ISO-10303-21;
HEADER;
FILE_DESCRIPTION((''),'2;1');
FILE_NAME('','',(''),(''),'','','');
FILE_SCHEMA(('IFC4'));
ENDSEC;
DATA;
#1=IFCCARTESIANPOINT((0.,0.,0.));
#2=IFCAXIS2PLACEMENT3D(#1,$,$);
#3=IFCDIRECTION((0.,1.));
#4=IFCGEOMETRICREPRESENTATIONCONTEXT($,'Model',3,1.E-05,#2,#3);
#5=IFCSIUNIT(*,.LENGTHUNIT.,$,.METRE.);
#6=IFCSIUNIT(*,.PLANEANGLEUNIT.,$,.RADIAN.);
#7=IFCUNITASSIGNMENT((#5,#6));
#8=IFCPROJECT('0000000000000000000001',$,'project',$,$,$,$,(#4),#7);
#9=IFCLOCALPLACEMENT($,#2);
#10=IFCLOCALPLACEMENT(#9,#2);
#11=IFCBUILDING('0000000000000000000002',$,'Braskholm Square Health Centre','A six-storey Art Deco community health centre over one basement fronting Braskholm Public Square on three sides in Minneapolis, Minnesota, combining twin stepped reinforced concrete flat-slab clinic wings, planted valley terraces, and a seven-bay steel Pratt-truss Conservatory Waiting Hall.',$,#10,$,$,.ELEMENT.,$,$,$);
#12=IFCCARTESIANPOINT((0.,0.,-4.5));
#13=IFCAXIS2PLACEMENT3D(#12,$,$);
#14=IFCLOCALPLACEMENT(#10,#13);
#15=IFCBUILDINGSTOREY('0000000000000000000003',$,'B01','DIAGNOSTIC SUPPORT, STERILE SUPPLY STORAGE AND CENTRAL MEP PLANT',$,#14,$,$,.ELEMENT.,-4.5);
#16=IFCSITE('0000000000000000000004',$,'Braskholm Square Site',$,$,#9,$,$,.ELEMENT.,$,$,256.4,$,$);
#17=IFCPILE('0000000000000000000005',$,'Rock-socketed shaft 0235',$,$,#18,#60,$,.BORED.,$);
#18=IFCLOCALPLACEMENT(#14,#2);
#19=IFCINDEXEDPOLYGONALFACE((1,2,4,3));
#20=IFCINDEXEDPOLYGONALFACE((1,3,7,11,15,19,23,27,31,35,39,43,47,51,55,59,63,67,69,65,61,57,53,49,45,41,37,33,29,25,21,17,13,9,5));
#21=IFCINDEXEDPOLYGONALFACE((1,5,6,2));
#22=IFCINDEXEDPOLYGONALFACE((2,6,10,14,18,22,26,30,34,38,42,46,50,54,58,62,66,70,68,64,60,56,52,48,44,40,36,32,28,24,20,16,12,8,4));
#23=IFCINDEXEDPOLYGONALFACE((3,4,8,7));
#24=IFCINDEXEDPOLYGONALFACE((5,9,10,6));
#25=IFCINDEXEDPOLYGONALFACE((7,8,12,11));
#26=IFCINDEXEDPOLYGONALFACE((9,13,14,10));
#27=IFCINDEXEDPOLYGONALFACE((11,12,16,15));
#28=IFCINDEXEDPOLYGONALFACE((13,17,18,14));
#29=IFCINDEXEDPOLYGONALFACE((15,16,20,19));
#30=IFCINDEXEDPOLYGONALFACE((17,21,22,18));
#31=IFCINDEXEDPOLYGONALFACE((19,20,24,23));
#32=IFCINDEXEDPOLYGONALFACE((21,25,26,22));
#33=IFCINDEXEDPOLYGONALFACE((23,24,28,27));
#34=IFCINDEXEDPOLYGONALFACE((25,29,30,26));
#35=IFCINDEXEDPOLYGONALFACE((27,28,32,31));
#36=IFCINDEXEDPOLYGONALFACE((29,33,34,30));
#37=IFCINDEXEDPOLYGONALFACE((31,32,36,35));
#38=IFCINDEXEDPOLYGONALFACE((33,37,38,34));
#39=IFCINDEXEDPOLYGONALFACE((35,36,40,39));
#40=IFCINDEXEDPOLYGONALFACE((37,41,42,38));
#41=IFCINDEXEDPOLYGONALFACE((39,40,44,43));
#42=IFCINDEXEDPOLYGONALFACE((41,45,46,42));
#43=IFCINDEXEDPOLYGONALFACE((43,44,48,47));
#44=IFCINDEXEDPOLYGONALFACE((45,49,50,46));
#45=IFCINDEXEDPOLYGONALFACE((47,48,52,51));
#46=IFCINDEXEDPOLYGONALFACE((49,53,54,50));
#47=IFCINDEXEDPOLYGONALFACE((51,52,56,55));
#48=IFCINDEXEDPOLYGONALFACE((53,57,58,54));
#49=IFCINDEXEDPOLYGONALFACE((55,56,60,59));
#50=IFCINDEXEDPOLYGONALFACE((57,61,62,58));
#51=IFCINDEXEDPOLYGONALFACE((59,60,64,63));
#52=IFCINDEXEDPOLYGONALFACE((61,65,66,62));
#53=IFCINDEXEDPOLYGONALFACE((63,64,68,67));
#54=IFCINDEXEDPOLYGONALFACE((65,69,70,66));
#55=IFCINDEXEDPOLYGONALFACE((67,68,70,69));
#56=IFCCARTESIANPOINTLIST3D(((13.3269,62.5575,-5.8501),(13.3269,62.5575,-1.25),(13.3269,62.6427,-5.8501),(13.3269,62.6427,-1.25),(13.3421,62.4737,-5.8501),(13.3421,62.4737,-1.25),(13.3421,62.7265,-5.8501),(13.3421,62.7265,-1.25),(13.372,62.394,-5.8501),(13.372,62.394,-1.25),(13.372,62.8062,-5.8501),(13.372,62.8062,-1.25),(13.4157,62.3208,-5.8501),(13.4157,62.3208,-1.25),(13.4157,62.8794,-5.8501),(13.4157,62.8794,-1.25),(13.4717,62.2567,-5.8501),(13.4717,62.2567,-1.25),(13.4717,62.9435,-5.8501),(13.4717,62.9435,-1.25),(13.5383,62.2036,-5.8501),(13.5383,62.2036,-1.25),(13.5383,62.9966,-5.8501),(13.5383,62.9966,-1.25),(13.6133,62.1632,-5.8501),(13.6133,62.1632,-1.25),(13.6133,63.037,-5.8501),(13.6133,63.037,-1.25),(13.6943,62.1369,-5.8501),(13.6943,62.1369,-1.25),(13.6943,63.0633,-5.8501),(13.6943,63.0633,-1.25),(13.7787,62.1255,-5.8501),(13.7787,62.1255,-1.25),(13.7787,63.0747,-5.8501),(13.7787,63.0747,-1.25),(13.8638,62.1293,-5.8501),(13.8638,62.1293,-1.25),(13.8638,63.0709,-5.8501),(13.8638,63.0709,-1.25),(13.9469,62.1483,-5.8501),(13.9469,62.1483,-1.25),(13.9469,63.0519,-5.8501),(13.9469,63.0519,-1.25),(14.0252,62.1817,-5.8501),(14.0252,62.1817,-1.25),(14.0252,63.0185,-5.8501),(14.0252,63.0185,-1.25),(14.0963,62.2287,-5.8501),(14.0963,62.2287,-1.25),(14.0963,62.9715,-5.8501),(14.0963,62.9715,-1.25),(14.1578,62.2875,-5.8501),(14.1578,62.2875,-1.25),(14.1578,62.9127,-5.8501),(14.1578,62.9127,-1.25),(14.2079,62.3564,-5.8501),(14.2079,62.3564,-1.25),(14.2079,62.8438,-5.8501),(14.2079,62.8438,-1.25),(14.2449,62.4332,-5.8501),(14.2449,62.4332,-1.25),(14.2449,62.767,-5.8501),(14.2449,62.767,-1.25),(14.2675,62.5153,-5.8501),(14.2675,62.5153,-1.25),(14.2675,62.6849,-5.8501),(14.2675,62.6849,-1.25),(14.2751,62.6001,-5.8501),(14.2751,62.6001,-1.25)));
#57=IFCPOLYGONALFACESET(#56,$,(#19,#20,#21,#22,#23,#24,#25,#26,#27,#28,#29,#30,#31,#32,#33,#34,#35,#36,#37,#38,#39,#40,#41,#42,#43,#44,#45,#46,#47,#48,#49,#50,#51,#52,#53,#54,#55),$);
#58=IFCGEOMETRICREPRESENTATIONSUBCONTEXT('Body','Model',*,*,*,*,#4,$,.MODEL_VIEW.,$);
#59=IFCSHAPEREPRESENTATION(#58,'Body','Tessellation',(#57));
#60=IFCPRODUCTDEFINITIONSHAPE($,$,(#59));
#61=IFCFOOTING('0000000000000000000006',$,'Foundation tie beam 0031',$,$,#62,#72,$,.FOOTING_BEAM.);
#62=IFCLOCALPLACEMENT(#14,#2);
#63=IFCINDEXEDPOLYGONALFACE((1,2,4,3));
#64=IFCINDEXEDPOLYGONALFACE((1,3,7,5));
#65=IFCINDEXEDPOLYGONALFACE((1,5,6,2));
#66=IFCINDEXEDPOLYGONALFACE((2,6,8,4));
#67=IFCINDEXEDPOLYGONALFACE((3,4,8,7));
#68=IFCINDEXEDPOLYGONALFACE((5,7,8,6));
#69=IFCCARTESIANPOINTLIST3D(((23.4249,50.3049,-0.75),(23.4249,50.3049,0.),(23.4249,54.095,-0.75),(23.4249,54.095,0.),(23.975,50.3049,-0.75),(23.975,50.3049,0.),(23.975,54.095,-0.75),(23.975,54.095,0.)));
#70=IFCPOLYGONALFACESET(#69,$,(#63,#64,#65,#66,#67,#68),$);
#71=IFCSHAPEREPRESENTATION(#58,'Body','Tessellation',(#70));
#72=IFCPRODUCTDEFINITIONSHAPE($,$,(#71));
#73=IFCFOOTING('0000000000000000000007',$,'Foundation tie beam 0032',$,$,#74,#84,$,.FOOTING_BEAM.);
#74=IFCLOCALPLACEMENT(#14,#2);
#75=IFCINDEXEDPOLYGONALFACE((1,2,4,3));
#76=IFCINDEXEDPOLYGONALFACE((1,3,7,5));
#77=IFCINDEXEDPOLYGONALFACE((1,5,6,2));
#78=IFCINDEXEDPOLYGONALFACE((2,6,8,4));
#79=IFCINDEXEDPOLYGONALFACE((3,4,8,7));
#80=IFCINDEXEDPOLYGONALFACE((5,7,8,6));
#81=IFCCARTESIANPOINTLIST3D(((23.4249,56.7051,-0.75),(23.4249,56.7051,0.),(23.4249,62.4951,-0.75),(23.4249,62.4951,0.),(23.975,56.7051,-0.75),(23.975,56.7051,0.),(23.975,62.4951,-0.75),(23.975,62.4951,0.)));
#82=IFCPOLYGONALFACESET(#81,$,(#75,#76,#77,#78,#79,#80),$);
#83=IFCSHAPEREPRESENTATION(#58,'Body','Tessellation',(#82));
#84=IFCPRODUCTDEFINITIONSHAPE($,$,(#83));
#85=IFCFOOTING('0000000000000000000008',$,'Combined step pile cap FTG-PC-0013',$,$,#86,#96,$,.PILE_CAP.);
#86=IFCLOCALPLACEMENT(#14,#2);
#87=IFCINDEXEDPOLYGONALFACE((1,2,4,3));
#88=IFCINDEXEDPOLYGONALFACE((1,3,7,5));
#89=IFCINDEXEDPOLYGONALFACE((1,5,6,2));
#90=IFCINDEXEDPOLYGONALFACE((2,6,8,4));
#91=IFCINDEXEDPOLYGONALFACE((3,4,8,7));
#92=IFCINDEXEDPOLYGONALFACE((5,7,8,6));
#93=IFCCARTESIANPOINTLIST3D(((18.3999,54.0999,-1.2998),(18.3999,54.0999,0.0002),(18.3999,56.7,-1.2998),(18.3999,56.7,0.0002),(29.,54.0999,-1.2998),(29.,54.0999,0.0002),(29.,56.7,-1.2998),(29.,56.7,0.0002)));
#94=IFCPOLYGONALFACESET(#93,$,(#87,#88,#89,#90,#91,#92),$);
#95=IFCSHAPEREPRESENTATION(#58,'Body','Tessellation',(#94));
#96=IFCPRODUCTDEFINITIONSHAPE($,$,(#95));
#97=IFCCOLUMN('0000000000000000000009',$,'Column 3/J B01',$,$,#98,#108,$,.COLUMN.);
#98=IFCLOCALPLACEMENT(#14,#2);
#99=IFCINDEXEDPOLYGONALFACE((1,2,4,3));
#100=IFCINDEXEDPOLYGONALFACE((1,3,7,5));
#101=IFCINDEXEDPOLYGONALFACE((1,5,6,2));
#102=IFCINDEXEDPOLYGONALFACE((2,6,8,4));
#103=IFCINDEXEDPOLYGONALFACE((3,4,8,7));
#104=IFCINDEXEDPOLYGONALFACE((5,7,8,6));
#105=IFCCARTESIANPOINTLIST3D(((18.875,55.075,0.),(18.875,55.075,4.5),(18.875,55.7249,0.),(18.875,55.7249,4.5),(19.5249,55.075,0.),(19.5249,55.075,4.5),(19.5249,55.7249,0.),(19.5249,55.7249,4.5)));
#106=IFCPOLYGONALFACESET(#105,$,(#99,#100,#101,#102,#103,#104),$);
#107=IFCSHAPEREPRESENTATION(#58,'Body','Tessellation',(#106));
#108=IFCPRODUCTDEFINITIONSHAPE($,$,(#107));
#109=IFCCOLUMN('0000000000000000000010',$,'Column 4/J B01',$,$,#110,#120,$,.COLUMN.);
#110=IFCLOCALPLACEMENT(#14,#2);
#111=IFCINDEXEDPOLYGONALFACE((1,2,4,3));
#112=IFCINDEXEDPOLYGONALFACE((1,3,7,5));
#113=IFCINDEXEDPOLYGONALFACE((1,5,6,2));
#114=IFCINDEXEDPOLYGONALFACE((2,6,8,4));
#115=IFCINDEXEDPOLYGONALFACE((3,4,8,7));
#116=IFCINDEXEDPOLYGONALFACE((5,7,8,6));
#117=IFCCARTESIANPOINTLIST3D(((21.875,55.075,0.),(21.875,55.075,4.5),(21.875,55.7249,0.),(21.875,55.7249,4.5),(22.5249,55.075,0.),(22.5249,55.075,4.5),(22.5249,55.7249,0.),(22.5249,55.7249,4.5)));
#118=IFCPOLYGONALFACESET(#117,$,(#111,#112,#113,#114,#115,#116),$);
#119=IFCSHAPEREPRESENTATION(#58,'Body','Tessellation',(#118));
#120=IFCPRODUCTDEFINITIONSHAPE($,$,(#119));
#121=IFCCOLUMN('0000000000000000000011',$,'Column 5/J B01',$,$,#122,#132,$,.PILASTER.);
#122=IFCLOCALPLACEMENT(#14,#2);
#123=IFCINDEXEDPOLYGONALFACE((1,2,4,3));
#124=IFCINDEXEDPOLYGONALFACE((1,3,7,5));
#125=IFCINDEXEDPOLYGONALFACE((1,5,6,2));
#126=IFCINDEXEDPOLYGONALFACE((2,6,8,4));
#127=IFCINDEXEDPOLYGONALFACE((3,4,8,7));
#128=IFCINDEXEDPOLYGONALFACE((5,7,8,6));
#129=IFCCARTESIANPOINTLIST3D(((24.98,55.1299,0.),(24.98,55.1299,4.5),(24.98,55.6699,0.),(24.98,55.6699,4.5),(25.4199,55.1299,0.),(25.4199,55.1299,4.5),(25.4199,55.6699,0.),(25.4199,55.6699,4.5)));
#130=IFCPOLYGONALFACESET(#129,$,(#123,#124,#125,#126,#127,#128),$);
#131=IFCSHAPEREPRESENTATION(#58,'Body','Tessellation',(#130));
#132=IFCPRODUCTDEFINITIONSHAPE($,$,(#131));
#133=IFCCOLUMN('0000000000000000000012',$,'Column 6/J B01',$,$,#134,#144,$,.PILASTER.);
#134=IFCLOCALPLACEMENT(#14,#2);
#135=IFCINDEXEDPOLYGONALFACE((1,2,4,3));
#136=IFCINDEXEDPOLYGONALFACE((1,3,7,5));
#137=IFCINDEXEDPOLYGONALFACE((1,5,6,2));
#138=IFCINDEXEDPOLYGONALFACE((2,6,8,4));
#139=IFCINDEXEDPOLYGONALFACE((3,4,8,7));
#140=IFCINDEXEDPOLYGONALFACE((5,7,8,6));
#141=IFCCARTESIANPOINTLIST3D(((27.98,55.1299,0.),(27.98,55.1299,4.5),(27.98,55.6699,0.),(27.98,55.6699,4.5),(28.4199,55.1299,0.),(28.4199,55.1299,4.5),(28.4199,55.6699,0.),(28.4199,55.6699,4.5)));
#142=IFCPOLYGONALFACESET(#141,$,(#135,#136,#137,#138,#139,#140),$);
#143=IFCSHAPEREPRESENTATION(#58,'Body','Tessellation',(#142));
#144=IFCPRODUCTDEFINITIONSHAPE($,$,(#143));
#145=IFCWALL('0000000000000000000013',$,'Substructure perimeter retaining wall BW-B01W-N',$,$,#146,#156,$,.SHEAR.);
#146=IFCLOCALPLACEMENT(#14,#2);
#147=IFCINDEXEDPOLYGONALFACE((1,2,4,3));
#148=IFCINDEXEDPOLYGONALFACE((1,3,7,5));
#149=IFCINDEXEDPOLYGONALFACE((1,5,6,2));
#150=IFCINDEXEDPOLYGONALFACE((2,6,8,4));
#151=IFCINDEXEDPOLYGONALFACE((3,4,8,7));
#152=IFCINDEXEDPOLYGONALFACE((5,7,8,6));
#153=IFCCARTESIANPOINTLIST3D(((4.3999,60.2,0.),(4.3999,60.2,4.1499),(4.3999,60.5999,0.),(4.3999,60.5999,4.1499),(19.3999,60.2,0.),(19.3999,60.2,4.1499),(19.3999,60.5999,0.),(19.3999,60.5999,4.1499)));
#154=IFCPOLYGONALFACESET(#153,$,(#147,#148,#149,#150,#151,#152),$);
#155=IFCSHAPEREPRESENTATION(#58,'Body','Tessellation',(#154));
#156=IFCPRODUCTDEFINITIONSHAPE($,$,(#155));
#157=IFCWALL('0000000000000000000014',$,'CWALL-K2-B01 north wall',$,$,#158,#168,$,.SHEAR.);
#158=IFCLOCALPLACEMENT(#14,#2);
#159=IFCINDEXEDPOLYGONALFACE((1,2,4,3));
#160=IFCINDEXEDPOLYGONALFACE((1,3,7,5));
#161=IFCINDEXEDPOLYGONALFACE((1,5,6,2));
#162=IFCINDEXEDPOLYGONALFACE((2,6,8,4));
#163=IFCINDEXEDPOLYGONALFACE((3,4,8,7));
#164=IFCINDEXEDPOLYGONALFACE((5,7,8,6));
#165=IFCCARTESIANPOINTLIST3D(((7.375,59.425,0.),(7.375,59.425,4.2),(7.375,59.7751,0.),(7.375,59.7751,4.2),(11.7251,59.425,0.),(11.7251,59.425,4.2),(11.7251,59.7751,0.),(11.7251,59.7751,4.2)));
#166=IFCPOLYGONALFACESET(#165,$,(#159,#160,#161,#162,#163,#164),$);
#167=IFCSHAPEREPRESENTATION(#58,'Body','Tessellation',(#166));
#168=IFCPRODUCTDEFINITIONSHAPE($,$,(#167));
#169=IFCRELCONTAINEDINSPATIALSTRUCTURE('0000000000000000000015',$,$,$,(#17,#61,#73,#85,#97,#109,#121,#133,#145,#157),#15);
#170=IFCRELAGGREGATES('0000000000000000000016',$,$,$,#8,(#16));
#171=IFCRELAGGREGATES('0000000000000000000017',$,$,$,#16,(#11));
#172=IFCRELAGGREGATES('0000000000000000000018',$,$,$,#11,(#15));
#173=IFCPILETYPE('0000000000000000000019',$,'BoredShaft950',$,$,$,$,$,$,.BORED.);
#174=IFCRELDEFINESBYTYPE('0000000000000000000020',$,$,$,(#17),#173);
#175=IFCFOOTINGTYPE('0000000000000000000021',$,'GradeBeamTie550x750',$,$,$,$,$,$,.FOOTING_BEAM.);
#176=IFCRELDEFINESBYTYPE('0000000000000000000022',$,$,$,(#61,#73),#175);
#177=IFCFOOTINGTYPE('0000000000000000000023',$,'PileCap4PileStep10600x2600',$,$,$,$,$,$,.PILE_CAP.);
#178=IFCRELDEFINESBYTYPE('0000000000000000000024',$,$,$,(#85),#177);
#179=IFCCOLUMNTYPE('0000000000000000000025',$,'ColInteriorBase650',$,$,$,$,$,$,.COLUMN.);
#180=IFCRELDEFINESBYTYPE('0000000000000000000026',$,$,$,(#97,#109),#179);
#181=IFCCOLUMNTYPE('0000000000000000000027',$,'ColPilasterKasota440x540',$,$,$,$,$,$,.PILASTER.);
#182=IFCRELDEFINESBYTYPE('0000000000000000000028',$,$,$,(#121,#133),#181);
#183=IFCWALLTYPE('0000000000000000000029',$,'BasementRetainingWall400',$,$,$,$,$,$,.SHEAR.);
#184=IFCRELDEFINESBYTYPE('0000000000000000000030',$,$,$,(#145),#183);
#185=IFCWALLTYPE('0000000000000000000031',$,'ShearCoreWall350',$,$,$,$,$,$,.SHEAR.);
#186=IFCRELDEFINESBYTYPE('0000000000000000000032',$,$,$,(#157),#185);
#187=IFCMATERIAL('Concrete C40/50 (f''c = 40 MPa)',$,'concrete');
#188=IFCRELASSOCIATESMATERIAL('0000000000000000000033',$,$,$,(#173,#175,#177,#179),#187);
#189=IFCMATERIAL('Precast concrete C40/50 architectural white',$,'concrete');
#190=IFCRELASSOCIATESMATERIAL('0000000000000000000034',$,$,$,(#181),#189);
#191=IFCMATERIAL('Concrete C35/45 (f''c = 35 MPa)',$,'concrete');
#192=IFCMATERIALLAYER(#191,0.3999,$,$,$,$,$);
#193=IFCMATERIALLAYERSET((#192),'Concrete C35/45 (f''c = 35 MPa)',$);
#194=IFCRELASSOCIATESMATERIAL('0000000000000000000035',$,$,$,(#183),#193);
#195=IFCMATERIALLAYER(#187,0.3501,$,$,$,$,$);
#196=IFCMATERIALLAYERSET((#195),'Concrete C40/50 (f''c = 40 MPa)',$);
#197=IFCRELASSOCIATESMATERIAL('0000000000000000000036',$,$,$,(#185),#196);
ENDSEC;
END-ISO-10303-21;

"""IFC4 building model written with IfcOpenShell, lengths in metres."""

from ifc_helpers import new_model, si_unit, direction, frame, frame_2d, origin, origin_2d, place, context, subcontext, project, spatial, rectangle, circle, extrude, material, layer, layer_set, material_profile, profile_set, type_object, element, save


model = new_model("IFC4")

# Units and contexts
model_context = context("Model", 3, precision=1e-05, world=origin(), true_north=direction((0.0, 1.0)))
body_context = subcontext(model_context, "Body", "Model", "MODEL_VIEW")
ifc_project = project(units=[si_unit("LENGTHUNIT", "METRE"), si_unit("PLANEANGLEUNIT", "RADIAN")], contexts=[model_context])

# Site, building, storey
site_placement = place(None, origin())
site = spatial("IfcSite", under=ifc_project, at=site_placement, Name="Braskholm Square Site", CompositionType="ELEMENT", RefElevation=256.4)
building_placement = place(site_placement, origin())
building = spatial("IfcBuilding", under=site, at=building_placement, Name="Braskholm Square Health Centre", Description="A six-storey Art Deco community health centre over one basement fronting Braskholm Public Square on three sides in Minneapolis, Minnesota, combining twin stepped reinforced concrete flat-slab clinic wings, planted valley terraces, and a seven-bay steel Pratt-truss Conservatory Waiting Hall.", CompositionType="ELEMENT")
storey_placement = place(building_placement, frame((0.0, 0.0, -4.5)))
storey = spatial("IfcBuildingStorey", under=building, at=storey_placement, Name="B01", Description="DIAGNOSTIC SUPPORT, STERILE SUPPLY STORAGE AND CENTRAL MEP PLANT", CompositionType="ELEMENT", Elevation=-4.5)

# Pile
ifc_material_1 = material(Name="Concrete C40/50 (f'c = 40 MPa)", Category="concrete")
ifc_material_profile_1 = material_profile(ifc_material_1, circle(Radius=0.4751, at=origin_2d()), Name="BORED-PILE-950")
ifc_profile_set_1 = profile_set([ifc_material_profile_1], Name="Concrete C40/50 (f'c = 40 MPa)")
pile_type_1 = type_object("IfcPileType", Name="BoredShaft950", PredefinedType="BORED", material=ifc_profile_set_1)
for number, where, z_axis, x_axis, name in (
    (1, (13.8, 62.6001, -1.25), (0.0, 0.0, -1.0), (1.0, 0.0, 0.0), "Rock-socketed shaft 0235"),
):
    element("IfcPile", number, at=place(storey_placement, frame(where, z_axis=z_axis, x_axis=x_axis)), inside=storey, type_object=pile_type_1, Name=name, PredefinedType="BORED", context=body_context, shape_type="SweptSolid", body=[
        extrude(circle(Radius=0.4751, at=origin_2d()), origin(), (0.0, 0.0, 1.0), 4.6001),
    ])

# Footings
ifc_material_profile_2 = material_profile(ifc_material_1, rectangle(XDim=0.55, YDim=0.75, at=origin_2d()), Name="FTG-550X750")
ifc_profile_set_2 = profile_set([ifc_material_profile_2], Name="Concrete C40/50 (f'c = 40 MPa)")
footing_type_1 = type_object("IfcFootingType", Name="GradeBeamTie550x750", PredefinedType="FOOTING_BEAM", material=ifc_profile_set_2)
footing_1_placement = place(storey_placement, frame((23.7, 50.3049, -0.375), z_axis=(0.0, 1.0, 0.0), x_axis=(-1.0, 0.0, 0.0)))
element("IfcFooting", 2, at=footing_1_placement, inside=storey, type_object=footing_type_1, Name="Foundation tie beam 0031", PredefinedType="FOOTING_BEAM", context=body_context, shape_type="SweptSolid", body=[
    extrude(rectangle(XDim=0.55, YDim=0.75, at=origin_2d()), origin(), (0.0, 0.0, 1.0), 3.79),
])
footing_2_placement = place(storey_placement, frame((23.7, 56.7051, -0.375), z_axis=(0.0, 1.0, 0.0), x_axis=(-1.0, 0.0, 0.0)))
element("IfcFooting", 3, at=footing_2_placement, inside=storey, type_object=footing_type_1, Name="Foundation tie beam 0032", PredefinedType="FOOTING_BEAM", context=body_context, shape_type="SweptSolid", body=[
    extrude(rectangle(XDim=0.55, YDim=0.75, at=origin_2d()), origin(), (0.0, 0.0, 1.0), 5.79),
])
footing_type_2 = type_object("IfcFootingType", Name="PileCap4PileStep10600x2600", PredefinedType="PILE_CAP", material=ifc_material_1)
footing_3_placement = place(storey_placement, frame((23.7, 55.3999, -1.2998), z_axis=(0.0, 0.0, 1.0), x_axis=(1.0, 0.0, 0.0)))
element("IfcFooting", 4, at=footing_3_placement, inside=storey, type_object=footing_type_2, Name="Combined step pile cap FTG-PC-0013", PredefinedType="PILE_CAP", context=body_context, shape_type="SweptSolid", body=[
    extrude(rectangle(XDim=10.6001, YDim=2.6001, at=origin_2d()), origin(), (0.0, 0.0, 1.0), 1.3),
])

# Columns
ifc_material_profile_3 = material_profile(ifc_material_1, rectangle(XDim=0.6499, YDim=0.6499, at=origin_2d()), Name="RC-650X650")
ifc_profile_set_3 = profile_set([ifc_material_profile_3], Name="Concrete C40/50 (f'c = 40 MPa)")
column_type_1 = type_object("IfcColumnType", Name="ColInteriorBase650", PredefinedType="COLUMN", material=ifc_profile_set_3)
for number, where, z_axis, x_axis, name in (
    (5, (19.2, 55.3999, 0.0), (0.0, 0.0, 1.0), (1.0, 0.0, 0.0), "Column 3/J B01"),
    (6, (22.2, 55.3999, 0.0), (0.0, 0.0, 1.0), (1.0, 0.0, 0.0), "Column 4/J B01"),
):
    element("IfcColumn", number, at=place(storey_placement, frame(where, z_axis=z_axis, x_axis=x_axis)), inside=storey, type_object=column_type_1, Name=name, PredefinedType="COLUMN", context=body_context, shape_type="SweptSolid", body=[
        extrude(rectangle(XDim=0.6499, YDim=0.6499, at=origin_2d()), origin(), (0.0, 0.0, 1.0), 4.5),
    ])
ifc_material_2 = material(Name="Precast concrete C40/50 architectural white", Category="concrete")
ifc_material_profile_4 = material_profile(ifc_material_2, rectangle(XDim=0.4399, YDim=0.54, at=origin_2d()), Name="RC-440X540")
ifc_profile_set_4 = profile_set([ifc_material_profile_4], Name="Precast concrete C40/50 architectural white")
column_type_2 = type_object("IfcColumnType", Name="ColPilasterKasota440x540", PredefinedType="PILASTER", material=ifc_profile_set_4)
for number, where, z_axis, x_axis, name in (
    (7, (25.2, 55.3999, 0.0), (0.0, 0.0, 1.0), (1.0, 0.0, 0.0), "Column 5/J B01"),
    (8, (28.2, 55.3999, 0.0), (0.0, 0.0, 1.0), (1.0, 0.0, 0.0), "Column 6/J B01"),
):
    element("IfcColumn", number, at=place(storey_placement, frame(where, z_axis=z_axis, x_axis=x_axis)), inside=storey, type_object=column_type_2, Name=name, PredefinedType="PILASTER", context=body_context, shape_type="SweptSolid", body=[
        extrude(rectangle(XDim=0.4399, YDim=0.54, at=origin_2d()), origin(), (0.0, 0.0, 1.0), 4.5),
    ])

# Walls
ifc_material_3 = material(Name="Concrete C35/45 (f'c = 35 MPa)", Category="concrete")
ifc_layer_1 = layer(ifc_material_3, 0.3999)
ifc_layer_set_1 = layer_set([ifc_layer_1], Name="Concrete C35/45 (f'c = 35 MPa)")
wall_type_1 = type_object("IfcWallType", Name="BasementRetainingWall400", PredefinedType="SHEAR", material=ifc_layer_set_1)
wall_1_placement = place(storey_placement, frame((19.3999, 60.3999, 0.0), z_axis=(0.0, 0.0, 1.0), x_axis=(-1.0, 0.0, 0.0)))
element("IfcWall", 9, at=wall_1_placement, inside=storey, type_object=wall_type_1, Name="Substructure perimeter retaining wall BW-B01W-N", PredefinedType="SHEAR", context=body_context, shape_type="SweptSolid", body=[
    extrude(rectangle(XDim=15.0, YDim=0.3999, at=frame_2d((7.5, 0.0))), origin(), (0.0, 0.0, 1.0), 4.1499),
])
ifc_layer_2 = layer(ifc_material_1, 0.3501)
ifc_layer_set_2 = layer_set([ifc_layer_2], Name="Concrete C40/50 (f'c = 40 MPa)")
wall_type_2 = type_object("IfcWallType", Name="ShearCoreWall350", PredefinedType="SHEAR", material=ifc_layer_set_2)
wall_2_placement = place(storey_placement, frame((11.7251, 59.6001, 0.0), z_axis=(0.0, 0.0, 1.0), x_axis=(-1.0, 0.0, 0.0)))
element("IfcWall", 10, at=wall_2_placement, inside=storey, type_object=wall_type_2, Name="CWALL-K2-B01 north wall", PredefinedType="SHEAR", context=body_context, shape_type="SweptSolid", body=[
    extrude(rectangle(XDim=4.3501, YDim=0.3501, at=frame_2d((2.175, 0.0))), origin(), (0.0, 0.0, 1.0), 4.2),
])

save(model, "model.ifc")
